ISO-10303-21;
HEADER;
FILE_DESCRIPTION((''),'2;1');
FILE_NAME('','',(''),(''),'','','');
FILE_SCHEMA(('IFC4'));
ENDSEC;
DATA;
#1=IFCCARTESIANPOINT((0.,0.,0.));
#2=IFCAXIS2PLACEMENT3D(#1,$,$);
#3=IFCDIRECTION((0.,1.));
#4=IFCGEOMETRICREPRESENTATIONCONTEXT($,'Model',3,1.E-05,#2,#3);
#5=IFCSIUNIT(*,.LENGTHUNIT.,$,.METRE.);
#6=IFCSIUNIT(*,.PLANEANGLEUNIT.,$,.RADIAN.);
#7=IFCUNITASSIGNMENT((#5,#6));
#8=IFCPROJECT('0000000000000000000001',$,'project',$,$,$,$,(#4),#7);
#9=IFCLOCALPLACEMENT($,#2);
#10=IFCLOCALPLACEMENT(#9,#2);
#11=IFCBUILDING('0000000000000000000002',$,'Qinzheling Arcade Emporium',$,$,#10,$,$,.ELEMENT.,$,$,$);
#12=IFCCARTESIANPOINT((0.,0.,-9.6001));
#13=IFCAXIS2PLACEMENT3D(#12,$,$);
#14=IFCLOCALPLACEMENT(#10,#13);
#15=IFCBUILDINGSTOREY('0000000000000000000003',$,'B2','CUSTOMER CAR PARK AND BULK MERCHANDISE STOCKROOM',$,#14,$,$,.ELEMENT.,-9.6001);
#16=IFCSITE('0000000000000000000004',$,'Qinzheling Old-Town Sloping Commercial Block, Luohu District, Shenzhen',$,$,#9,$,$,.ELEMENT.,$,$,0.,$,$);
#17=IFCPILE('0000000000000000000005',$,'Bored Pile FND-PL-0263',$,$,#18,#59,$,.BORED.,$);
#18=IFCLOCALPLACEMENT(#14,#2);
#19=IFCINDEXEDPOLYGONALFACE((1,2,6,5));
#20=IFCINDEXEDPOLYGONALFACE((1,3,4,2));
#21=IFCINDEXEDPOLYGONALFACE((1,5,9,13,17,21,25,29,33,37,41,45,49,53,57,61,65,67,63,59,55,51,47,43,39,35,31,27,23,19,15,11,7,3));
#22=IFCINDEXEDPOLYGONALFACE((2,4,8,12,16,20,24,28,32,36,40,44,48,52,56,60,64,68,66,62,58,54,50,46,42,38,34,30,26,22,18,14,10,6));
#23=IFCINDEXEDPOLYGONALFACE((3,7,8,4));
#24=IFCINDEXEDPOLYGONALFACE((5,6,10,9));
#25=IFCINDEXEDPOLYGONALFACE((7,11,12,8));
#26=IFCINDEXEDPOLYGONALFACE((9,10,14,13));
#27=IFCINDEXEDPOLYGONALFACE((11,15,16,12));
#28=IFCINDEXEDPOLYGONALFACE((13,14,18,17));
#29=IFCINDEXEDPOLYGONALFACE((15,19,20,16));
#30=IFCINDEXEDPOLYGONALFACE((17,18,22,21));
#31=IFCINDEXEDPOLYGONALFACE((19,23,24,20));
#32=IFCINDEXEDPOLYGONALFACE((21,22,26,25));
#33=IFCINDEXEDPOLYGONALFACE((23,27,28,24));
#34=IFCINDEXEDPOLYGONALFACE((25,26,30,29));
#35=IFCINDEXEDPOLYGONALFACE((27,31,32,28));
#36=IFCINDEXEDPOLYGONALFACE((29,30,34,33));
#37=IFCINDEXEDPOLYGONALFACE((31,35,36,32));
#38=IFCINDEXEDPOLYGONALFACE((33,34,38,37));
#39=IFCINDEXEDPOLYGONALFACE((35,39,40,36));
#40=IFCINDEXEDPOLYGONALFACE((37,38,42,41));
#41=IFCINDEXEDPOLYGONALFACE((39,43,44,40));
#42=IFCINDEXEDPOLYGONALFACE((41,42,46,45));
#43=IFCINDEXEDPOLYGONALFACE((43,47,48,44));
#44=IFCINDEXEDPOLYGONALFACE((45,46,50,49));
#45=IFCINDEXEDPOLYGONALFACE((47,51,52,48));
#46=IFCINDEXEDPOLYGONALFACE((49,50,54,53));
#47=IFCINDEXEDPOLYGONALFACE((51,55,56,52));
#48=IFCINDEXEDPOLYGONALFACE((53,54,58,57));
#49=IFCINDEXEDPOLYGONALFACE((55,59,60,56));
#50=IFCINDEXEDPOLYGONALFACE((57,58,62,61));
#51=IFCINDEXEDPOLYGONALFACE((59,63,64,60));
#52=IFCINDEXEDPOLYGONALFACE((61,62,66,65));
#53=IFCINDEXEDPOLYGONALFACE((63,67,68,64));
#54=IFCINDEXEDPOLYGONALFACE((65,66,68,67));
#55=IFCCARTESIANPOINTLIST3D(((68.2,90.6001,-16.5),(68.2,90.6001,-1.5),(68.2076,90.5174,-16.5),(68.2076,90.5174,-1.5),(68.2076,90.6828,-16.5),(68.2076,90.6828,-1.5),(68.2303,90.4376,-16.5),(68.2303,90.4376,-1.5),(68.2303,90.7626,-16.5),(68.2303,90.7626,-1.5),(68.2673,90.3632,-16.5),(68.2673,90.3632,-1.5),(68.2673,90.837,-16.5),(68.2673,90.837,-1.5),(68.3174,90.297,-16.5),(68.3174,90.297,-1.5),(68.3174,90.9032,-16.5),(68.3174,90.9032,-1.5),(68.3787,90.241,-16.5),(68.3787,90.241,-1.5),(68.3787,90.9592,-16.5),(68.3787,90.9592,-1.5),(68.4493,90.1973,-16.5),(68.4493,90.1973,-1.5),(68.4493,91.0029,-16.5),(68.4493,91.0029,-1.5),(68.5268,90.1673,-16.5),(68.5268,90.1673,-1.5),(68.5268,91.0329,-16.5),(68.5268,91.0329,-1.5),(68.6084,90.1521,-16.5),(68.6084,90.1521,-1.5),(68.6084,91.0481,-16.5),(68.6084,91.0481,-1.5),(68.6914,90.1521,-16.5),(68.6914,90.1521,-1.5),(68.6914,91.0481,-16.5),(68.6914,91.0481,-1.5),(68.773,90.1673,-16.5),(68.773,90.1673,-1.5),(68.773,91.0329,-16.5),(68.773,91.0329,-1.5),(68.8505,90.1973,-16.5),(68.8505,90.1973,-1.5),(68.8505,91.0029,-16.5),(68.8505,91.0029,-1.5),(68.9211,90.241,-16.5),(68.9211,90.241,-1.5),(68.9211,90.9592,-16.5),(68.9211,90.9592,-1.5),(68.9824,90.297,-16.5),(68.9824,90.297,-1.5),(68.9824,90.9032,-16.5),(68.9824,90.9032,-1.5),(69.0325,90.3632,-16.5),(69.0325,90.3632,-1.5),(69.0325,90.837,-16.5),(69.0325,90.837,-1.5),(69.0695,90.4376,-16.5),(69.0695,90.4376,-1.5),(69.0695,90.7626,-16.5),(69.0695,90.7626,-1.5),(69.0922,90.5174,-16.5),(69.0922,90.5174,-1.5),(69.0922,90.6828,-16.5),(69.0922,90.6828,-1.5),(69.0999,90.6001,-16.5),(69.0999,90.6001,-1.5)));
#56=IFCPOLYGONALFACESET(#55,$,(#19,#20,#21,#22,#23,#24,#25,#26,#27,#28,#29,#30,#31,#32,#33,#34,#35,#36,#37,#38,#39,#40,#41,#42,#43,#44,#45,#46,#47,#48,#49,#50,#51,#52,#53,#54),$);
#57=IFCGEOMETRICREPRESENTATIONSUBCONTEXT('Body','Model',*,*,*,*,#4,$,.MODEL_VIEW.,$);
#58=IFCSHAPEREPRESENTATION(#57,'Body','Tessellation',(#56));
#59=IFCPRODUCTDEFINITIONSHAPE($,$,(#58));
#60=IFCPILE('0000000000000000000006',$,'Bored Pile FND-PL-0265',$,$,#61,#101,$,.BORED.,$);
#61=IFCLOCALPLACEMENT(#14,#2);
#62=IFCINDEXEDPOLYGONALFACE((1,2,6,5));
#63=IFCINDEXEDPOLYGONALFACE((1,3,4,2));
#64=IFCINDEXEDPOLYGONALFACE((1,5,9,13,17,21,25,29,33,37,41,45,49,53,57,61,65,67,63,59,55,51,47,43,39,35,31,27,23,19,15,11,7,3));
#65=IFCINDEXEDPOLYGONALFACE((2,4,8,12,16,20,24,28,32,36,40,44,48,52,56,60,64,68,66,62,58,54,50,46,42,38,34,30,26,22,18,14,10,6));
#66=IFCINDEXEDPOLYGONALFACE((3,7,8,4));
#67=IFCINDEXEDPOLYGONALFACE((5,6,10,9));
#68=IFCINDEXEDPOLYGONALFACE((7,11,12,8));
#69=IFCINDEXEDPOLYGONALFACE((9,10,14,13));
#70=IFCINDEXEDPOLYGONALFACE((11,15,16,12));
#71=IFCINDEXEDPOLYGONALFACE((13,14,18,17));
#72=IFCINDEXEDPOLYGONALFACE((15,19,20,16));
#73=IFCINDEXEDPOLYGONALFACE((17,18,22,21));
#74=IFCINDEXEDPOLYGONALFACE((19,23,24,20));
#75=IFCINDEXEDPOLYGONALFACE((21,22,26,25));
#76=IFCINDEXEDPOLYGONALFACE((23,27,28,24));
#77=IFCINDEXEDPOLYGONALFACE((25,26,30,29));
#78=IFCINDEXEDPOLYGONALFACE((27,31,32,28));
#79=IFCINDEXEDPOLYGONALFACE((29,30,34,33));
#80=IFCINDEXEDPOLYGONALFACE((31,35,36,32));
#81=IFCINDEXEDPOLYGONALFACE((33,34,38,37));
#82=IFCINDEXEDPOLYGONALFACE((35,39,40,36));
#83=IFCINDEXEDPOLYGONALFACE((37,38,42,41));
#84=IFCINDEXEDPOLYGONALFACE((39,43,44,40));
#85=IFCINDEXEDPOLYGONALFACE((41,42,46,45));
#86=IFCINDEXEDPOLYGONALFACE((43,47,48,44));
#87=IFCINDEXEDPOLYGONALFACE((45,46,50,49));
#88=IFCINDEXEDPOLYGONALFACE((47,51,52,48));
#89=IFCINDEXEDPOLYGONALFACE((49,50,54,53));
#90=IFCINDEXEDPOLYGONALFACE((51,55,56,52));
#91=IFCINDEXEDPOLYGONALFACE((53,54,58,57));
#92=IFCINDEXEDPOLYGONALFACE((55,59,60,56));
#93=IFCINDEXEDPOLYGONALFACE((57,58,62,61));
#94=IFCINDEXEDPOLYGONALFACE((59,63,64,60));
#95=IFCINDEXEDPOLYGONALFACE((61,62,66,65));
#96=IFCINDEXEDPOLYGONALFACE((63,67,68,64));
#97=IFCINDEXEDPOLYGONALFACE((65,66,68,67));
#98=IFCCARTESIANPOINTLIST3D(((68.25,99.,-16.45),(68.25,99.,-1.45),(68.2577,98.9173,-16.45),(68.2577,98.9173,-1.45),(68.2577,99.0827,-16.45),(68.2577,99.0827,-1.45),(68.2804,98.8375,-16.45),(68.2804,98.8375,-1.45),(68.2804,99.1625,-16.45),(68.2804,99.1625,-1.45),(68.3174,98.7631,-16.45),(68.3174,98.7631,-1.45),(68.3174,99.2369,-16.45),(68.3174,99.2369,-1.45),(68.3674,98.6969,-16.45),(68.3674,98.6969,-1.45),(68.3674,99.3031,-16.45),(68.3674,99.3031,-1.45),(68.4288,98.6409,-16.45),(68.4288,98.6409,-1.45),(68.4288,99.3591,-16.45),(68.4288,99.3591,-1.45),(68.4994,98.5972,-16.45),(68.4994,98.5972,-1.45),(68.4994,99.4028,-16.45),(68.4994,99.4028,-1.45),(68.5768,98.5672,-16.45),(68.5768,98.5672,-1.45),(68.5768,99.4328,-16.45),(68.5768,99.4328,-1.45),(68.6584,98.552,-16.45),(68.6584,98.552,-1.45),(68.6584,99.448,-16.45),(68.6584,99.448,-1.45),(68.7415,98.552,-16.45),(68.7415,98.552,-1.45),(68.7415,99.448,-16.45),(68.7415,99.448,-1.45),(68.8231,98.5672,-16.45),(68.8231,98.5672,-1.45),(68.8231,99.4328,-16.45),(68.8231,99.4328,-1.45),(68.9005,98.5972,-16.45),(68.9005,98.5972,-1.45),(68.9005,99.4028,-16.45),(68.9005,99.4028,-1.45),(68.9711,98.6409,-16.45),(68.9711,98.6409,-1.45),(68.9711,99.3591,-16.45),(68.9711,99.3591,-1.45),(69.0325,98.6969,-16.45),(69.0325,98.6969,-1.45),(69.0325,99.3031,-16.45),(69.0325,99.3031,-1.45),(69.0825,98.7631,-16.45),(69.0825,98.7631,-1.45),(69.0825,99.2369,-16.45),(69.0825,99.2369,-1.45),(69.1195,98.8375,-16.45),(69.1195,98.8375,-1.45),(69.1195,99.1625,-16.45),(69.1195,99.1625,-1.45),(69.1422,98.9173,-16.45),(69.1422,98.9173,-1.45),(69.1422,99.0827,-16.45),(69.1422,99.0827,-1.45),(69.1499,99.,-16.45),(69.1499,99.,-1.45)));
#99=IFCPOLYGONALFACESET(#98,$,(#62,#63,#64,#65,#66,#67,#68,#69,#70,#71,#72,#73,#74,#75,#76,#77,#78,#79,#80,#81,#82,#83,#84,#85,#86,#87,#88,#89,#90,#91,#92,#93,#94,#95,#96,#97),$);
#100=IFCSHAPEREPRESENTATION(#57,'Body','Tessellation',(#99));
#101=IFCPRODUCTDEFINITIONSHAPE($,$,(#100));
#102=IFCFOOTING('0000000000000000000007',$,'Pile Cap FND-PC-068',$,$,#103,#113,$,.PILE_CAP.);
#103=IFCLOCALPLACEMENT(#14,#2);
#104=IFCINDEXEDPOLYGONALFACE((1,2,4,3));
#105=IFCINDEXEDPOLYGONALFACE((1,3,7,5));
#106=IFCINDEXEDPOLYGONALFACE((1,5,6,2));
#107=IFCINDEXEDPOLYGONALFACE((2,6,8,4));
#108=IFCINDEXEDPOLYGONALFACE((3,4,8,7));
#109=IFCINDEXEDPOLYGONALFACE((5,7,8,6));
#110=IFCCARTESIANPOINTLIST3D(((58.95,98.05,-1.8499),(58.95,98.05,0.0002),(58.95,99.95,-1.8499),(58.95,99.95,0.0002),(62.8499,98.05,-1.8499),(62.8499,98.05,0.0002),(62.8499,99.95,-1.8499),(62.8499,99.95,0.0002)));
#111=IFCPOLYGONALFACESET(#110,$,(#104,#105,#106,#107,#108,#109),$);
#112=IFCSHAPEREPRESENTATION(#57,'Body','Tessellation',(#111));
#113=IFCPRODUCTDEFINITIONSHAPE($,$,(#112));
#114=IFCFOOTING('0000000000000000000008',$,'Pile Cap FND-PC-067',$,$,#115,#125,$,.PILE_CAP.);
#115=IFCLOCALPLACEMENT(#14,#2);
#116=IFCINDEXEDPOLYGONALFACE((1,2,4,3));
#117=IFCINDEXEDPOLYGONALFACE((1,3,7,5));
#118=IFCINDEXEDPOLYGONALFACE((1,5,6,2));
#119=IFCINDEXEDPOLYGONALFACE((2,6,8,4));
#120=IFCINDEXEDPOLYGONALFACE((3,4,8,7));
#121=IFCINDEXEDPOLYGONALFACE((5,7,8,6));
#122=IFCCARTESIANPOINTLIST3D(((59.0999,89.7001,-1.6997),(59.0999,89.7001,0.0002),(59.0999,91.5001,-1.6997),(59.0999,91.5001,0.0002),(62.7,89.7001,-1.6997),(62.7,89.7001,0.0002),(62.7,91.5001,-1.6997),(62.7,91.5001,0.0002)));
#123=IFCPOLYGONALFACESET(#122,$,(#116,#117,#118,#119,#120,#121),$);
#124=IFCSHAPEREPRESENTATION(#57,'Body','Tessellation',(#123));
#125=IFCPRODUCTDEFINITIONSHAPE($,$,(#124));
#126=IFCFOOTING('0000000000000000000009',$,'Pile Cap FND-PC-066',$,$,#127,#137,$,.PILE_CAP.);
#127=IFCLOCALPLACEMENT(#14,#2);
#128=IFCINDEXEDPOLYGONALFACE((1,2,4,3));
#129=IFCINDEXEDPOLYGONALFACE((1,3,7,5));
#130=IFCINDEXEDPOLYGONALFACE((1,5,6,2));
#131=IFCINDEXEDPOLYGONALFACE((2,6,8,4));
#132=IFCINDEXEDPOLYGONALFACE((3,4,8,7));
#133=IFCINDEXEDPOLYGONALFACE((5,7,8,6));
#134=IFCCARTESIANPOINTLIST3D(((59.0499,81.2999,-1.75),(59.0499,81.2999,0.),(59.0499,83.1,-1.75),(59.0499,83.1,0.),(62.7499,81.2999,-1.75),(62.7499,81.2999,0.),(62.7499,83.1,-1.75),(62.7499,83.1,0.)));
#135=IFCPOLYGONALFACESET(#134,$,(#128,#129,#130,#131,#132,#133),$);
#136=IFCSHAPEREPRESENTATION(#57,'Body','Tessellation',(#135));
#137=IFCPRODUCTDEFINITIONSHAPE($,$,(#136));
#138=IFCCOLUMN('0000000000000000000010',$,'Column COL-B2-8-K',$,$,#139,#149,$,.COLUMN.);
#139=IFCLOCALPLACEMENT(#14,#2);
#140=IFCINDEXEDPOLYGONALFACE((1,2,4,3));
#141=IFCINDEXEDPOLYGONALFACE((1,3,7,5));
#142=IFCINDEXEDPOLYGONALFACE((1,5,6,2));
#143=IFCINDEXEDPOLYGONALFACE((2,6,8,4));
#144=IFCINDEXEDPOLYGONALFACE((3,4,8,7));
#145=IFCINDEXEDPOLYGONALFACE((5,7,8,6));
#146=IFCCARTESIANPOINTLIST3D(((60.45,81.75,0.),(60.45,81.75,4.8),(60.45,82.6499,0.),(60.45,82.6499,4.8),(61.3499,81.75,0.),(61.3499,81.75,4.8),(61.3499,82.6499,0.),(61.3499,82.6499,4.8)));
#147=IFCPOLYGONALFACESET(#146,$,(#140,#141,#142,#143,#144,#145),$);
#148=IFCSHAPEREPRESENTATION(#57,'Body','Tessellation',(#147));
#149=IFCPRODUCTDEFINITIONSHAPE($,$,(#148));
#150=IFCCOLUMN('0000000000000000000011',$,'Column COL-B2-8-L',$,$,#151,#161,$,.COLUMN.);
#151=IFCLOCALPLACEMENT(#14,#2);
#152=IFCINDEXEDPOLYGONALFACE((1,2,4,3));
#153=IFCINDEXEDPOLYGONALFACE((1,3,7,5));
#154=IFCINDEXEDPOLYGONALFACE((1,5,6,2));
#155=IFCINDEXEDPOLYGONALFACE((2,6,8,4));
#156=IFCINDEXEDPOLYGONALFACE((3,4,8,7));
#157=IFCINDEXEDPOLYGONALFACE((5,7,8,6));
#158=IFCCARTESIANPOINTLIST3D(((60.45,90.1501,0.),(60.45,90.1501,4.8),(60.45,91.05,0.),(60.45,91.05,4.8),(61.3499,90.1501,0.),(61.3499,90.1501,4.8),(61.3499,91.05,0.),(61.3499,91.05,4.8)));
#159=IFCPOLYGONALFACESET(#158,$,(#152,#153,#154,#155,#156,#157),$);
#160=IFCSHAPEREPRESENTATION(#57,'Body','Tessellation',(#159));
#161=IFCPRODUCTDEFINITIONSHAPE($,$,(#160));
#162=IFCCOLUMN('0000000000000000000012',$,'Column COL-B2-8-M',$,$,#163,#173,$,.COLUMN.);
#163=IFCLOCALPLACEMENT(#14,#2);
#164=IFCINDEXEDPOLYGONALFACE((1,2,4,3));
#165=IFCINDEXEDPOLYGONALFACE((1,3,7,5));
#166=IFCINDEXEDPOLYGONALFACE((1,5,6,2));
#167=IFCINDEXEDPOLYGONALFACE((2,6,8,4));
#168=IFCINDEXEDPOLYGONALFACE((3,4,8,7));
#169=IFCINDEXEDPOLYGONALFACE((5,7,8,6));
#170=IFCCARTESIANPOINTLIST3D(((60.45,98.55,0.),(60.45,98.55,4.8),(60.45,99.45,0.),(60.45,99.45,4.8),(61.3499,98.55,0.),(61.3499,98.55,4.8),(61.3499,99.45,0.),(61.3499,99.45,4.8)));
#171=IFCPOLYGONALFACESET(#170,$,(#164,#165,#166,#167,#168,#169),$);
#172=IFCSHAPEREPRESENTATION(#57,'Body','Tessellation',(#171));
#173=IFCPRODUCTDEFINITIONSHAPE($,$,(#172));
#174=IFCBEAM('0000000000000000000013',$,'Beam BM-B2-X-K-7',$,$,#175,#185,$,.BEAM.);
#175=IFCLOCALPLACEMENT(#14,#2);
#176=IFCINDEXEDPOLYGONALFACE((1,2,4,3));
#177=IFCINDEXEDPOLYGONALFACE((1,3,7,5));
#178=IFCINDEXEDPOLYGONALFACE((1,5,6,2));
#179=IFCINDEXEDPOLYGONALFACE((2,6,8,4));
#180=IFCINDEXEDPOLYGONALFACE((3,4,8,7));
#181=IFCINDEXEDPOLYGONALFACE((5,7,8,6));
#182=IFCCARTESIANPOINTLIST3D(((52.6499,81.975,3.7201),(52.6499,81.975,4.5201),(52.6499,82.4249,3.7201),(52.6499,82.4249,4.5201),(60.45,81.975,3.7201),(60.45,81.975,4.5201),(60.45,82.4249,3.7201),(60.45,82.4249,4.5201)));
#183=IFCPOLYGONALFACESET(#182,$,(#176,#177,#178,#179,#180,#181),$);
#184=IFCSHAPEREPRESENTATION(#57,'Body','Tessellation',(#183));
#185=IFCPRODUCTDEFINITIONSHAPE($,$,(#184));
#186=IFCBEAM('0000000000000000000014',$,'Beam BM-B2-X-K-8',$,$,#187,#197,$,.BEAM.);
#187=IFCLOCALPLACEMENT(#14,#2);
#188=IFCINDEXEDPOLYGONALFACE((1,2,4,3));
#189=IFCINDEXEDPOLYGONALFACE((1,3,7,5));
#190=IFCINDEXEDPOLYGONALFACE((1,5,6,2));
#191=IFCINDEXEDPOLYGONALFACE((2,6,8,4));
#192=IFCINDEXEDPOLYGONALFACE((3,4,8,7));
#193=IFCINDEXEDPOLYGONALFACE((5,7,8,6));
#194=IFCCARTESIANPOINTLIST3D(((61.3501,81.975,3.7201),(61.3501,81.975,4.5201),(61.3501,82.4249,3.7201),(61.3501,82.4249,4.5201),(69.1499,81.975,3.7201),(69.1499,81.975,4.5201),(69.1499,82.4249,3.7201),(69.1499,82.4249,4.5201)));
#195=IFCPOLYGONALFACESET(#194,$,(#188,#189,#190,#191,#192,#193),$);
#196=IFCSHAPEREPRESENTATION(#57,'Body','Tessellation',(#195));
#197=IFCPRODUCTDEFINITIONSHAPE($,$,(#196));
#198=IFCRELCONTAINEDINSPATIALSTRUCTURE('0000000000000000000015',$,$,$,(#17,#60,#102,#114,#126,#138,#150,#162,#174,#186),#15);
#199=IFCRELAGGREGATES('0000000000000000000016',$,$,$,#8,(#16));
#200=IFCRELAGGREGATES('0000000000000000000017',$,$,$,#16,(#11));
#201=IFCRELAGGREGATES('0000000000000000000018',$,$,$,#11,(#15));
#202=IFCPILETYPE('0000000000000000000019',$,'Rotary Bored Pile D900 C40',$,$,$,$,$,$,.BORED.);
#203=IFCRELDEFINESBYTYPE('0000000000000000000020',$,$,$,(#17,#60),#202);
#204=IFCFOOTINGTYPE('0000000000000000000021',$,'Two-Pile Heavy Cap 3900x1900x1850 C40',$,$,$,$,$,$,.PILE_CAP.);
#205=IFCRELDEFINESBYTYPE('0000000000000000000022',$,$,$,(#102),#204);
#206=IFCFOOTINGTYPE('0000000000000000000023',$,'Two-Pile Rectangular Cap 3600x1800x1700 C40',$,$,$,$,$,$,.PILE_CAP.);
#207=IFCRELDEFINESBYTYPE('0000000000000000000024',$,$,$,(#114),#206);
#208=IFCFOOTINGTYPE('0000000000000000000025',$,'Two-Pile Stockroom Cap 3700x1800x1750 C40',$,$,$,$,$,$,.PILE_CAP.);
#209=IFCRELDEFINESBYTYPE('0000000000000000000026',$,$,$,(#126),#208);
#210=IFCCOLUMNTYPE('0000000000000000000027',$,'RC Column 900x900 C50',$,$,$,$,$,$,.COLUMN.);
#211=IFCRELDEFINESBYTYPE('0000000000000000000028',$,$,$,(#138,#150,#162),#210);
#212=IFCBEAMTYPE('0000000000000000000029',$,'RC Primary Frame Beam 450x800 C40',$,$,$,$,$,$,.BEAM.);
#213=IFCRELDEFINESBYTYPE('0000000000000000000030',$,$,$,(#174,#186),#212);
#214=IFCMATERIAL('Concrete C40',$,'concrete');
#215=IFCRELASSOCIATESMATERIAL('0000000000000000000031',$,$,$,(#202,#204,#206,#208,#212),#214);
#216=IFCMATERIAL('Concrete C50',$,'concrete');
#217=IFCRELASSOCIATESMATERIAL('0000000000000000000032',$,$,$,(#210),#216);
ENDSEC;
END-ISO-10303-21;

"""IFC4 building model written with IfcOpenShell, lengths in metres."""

from ifc_helpers import new_model, si_unit, direction, frame, origin, origin_2d, place, context, subcontext, project, spatial, rectangle, circle, extrude, material, material_profile, profile_set, type_object, element, save


model = new_model("IFC4")

# Units and contexts
model_context = context("Model", 3, precision=1e-05, world=origin(), true_north=direction((0.0, 1.0)))
body_context = subcontext(model_context, "Body", "Model", "MODEL_VIEW")
ifc_project = project(units=[si_unit("LENGTHUNIT", "METRE"), si_unit("PLANEANGLEUNIT", "RADIAN")], contexts=[model_context])

# Site, building, storey
site_placement = place(None, origin())
site = spatial("IfcSite", under=ifc_project, at=site_placement, Name="Qinzheling Old-Town Sloping Commercial Block, Luohu District, Shenzhen", CompositionType="ELEMENT", RefElevation=0.0)
building_placement = place(site_placement, origin())
building = spatial("IfcBuilding", under=site, at=building_placement, Name="Qinzheling Arcade Emporium", CompositionType="ELEMENT")
storey_placement = place(building_placement, frame((0.0, 0.0, -9.6001)))
storey = spatial("IfcBuildingStorey", under=building, at=storey_placement, Name="B2", Description="CUSTOMER CAR PARK AND BULK MERCHANDISE STOCKROOM", CompositionType="ELEMENT", Elevation=-9.6001)

# Shared definitions
ifc_material_1 = material(Name="Concrete C40", Category="concrete")

# Piles
ifc_material_profile_1 = material_profile(ifc_material_1, circle(Radius=0.45, at=origin_2d()), Name="BORED D900", Category="concrete")
ifc_profile_set_1 = profile_set([ifc_material_profile_1], Name="Concrete C40")
pile_type_1 = type_object("IfcPileType", Name="Rotary Bored Pile D900 C40", PredefinedType="BORED", material=ifc_profile_set_1)
for number, where, z_axis, x_axis, name in (
    (1, (68.6499, 90.6001, -1.5), (0.0, 0.0, -1.0), (1.0, 0.0, 0.0), "Bored Pile FND-PL-0263"),
    (2, (68.7, 99.0, -1.45), (0.0, 0.0, -1.0), (1.0, 0.0, 0.0), "Bored Pile FND-PL-0265"),
):
    element("IfcPile", number, at=place(storey_placement, frame(where, z_axis=z_axis, x_axis=x_axis)), inside=storey, type_object=pile_type_1, Name=name, PredefinedType="BORED", context=body_context, shape_type="SweptSolid", body=[
        extrude(circle(Radius=0.45, at=origin_2d()), origin(), (0.0, 0.0, 1.0), 15.0),
    ])

# Footings
footing_type_1 = type_object("IfcFootingType", Name="Two-Pile Heavy Cap 3900x1900x1850 C40", PredefinedType="PILE_CAP", material=ifc_material_1)
footing_1_placement = place(storey_placement, frame((60.8999, 99.0, -1.8499), z_axis=(0.0, 0.0, 1.0), x_axis=(1.0, 0.0, 0.0)))
element("IfcFooting", 3, at=footing_1_placement, inside=storey, type_object=footing_type_1, Name="Pile Cap FND-PC-068", PredefinedType="PILE_CAP", context=body_context, shape_type="SweptSolid", body=[
    extrude(rectangle(XDim=3.8999, YDim=1.8999, at=origin_2d()), origin(), (0.0, 0.0, 1.0), 1.8501),
])
footing_type_2 = type_object("IfcFootingType", Name="Two-Pile Rectangular Cap 3600x1800x1700 C40", PredefinedType="PILE_CAP", material=ifc_material_1)
footing_2_placement = place(storey_placement, frame((60.8999, 90.6001, -1.6997), z_axis=(0.0, 0.0, 1.0), x_axis=(1.0, 0.0, 0.0)))
element("IfcFooting", 4, at=footing_2_placement, inside=storey, type_object=footing_type_2, Name="Pile Cap FND-PC-067", PredefinedType="PILE_CAP", context=body_context, shape_type="SweptSolid", body=[
    extrude(rectangle(XDim=3.6001, YDim=1.8, at=origin_2d()), origin(), (0.0, 0.0, 1.0), 1.7),
])
footing_type_3 = type_object("IfcFootingType", Name="Two-Pile Stockroom Cap 3700x1800x1750 C40", PredefinedType="PILE_CAP", material=ifc_material_1)
footing_3_placement = place(storey_placement, frame((60.8999, 82.2, -1.75), z_axis=(0.0, 0.0, 1.0), x_axis=(1.0, 0.0, 0.0)))
element("IfcFooting", 5, at=footing_3_placement, inside=storey, type_object=footing_type_3, Name="Pile Cap FND-PC-066", PredefinedType="PILE_CAP", context=body_context, shape_type="SweptSolid", body=[
    extrude(rectangle(XDim=3.7, YDim=1.8, at=origin_2d()), origin(), (0.0, 0.0, 1.0), 1.75),
])

# Columns
ifc_material_2 = material(Name="Concrete C50", Category="concrete")
ifc_material_profile_2 = material_profile(ifc_material_2, rectangle(XDim=0.8999, YDim=0.8999, at=origin_2d()), Name="RC 900x900", Category="concrete")
ifc_profile_set_2 = profile_set([ifc_material_profile_2], Name="Concrete C50")
column_type = type_object("IfcColumnType", Name="RC Column 900x900 C50", PredefinedType="COLUMN", material=ifc_profile_set_2)
for number, where, z_axis, x_axis, name in (
    (6, (60.8999, 82.2, 0.0), (0.0, 0.0, 1.0), (1.0, 0.0, 0.0), "Column COL-B2-8-K"),
    (7, (60.8999, 90.6001, 0.0), (0.0, 0.0, 1.0), (1.0, 0.0, 0.0), "Column COL-B2-8-L"),
    (8, (60.8999, 99.0, 0.0), (0.0, 0.0, 1.0), (1.0, 0.0, 0.0), "Column COL-B2-8-M"),
):
    element("IfcColumn", number, at=place(storey_placement, frame(where, z_axis=z_axis, x_axis=x_axis)), inside=storey, type_object=column_type, Name=name, PredefinedType="COLUMN", context=body_context, shape_type="SweptSolid", body=[
        extrude(rectangle(XDim=0.8999, YDim=0.8999, at=origin_2d()), origin(), (0.0, 0.0, 1.0), 4.8),
    ])

# Beams
ifc_material_profile_3 = material_profile(ifc_material_1, rectangle(XDim=0.45, YDim=0.8, at=origin_2d()), Name="RC 450x800", Category="concrete")
ifc_profile_set_3 = profile_set([ifc_material_profile_3], Name="Concrete C40")
beam_type = type_object("IfcBeamType", Name="RC Primary Frame Beam 450x800 C40", PredefinedType="BEAM", material=ifc_profile_set_3)
beam_1_placement = place(storey_placement, frame((52.6499, 82.2, 4.1201), z_axis=(1.0, 0.0, 0.0), x_axis=(0.0, 1.0, 0.0)))
element("IfcBeam", 9, at=beam_1_placement, inside=storey, type_object=beam_type, Name="Beam BM-B2-X-K-7", PredefinedType="BEAM", context=body_context, shape_type="SweptSolid", body=[
    extrude(rectangle(XDim=0.45, YDim=0.8, at=origin_2d()), origin(), (0.0, 0.0, 1.0), 7.8),
])
beam_2_placement = place(storey_placement, frame((61.3501, 82.2, 4.1201), z_axis=(1.0, 0.0, 0.0), x_axis=(0.0, 1.0, 0.0)))
element("IfcBeam", 10, at=beam_2_placement, inside=storey, type_object=beam_type, Name="Beam BM-B2-X-K-8", PredefinedType="BEAM", context=body_context, shape_type="SweptSolid", body=[
    extrude(rectangle(XDim=0.45, YDim=0.8, at=origin_2d()), origin(), (0.0, 0.0, 1.0), 7.7998),
])

save(model, "model.ifc")
